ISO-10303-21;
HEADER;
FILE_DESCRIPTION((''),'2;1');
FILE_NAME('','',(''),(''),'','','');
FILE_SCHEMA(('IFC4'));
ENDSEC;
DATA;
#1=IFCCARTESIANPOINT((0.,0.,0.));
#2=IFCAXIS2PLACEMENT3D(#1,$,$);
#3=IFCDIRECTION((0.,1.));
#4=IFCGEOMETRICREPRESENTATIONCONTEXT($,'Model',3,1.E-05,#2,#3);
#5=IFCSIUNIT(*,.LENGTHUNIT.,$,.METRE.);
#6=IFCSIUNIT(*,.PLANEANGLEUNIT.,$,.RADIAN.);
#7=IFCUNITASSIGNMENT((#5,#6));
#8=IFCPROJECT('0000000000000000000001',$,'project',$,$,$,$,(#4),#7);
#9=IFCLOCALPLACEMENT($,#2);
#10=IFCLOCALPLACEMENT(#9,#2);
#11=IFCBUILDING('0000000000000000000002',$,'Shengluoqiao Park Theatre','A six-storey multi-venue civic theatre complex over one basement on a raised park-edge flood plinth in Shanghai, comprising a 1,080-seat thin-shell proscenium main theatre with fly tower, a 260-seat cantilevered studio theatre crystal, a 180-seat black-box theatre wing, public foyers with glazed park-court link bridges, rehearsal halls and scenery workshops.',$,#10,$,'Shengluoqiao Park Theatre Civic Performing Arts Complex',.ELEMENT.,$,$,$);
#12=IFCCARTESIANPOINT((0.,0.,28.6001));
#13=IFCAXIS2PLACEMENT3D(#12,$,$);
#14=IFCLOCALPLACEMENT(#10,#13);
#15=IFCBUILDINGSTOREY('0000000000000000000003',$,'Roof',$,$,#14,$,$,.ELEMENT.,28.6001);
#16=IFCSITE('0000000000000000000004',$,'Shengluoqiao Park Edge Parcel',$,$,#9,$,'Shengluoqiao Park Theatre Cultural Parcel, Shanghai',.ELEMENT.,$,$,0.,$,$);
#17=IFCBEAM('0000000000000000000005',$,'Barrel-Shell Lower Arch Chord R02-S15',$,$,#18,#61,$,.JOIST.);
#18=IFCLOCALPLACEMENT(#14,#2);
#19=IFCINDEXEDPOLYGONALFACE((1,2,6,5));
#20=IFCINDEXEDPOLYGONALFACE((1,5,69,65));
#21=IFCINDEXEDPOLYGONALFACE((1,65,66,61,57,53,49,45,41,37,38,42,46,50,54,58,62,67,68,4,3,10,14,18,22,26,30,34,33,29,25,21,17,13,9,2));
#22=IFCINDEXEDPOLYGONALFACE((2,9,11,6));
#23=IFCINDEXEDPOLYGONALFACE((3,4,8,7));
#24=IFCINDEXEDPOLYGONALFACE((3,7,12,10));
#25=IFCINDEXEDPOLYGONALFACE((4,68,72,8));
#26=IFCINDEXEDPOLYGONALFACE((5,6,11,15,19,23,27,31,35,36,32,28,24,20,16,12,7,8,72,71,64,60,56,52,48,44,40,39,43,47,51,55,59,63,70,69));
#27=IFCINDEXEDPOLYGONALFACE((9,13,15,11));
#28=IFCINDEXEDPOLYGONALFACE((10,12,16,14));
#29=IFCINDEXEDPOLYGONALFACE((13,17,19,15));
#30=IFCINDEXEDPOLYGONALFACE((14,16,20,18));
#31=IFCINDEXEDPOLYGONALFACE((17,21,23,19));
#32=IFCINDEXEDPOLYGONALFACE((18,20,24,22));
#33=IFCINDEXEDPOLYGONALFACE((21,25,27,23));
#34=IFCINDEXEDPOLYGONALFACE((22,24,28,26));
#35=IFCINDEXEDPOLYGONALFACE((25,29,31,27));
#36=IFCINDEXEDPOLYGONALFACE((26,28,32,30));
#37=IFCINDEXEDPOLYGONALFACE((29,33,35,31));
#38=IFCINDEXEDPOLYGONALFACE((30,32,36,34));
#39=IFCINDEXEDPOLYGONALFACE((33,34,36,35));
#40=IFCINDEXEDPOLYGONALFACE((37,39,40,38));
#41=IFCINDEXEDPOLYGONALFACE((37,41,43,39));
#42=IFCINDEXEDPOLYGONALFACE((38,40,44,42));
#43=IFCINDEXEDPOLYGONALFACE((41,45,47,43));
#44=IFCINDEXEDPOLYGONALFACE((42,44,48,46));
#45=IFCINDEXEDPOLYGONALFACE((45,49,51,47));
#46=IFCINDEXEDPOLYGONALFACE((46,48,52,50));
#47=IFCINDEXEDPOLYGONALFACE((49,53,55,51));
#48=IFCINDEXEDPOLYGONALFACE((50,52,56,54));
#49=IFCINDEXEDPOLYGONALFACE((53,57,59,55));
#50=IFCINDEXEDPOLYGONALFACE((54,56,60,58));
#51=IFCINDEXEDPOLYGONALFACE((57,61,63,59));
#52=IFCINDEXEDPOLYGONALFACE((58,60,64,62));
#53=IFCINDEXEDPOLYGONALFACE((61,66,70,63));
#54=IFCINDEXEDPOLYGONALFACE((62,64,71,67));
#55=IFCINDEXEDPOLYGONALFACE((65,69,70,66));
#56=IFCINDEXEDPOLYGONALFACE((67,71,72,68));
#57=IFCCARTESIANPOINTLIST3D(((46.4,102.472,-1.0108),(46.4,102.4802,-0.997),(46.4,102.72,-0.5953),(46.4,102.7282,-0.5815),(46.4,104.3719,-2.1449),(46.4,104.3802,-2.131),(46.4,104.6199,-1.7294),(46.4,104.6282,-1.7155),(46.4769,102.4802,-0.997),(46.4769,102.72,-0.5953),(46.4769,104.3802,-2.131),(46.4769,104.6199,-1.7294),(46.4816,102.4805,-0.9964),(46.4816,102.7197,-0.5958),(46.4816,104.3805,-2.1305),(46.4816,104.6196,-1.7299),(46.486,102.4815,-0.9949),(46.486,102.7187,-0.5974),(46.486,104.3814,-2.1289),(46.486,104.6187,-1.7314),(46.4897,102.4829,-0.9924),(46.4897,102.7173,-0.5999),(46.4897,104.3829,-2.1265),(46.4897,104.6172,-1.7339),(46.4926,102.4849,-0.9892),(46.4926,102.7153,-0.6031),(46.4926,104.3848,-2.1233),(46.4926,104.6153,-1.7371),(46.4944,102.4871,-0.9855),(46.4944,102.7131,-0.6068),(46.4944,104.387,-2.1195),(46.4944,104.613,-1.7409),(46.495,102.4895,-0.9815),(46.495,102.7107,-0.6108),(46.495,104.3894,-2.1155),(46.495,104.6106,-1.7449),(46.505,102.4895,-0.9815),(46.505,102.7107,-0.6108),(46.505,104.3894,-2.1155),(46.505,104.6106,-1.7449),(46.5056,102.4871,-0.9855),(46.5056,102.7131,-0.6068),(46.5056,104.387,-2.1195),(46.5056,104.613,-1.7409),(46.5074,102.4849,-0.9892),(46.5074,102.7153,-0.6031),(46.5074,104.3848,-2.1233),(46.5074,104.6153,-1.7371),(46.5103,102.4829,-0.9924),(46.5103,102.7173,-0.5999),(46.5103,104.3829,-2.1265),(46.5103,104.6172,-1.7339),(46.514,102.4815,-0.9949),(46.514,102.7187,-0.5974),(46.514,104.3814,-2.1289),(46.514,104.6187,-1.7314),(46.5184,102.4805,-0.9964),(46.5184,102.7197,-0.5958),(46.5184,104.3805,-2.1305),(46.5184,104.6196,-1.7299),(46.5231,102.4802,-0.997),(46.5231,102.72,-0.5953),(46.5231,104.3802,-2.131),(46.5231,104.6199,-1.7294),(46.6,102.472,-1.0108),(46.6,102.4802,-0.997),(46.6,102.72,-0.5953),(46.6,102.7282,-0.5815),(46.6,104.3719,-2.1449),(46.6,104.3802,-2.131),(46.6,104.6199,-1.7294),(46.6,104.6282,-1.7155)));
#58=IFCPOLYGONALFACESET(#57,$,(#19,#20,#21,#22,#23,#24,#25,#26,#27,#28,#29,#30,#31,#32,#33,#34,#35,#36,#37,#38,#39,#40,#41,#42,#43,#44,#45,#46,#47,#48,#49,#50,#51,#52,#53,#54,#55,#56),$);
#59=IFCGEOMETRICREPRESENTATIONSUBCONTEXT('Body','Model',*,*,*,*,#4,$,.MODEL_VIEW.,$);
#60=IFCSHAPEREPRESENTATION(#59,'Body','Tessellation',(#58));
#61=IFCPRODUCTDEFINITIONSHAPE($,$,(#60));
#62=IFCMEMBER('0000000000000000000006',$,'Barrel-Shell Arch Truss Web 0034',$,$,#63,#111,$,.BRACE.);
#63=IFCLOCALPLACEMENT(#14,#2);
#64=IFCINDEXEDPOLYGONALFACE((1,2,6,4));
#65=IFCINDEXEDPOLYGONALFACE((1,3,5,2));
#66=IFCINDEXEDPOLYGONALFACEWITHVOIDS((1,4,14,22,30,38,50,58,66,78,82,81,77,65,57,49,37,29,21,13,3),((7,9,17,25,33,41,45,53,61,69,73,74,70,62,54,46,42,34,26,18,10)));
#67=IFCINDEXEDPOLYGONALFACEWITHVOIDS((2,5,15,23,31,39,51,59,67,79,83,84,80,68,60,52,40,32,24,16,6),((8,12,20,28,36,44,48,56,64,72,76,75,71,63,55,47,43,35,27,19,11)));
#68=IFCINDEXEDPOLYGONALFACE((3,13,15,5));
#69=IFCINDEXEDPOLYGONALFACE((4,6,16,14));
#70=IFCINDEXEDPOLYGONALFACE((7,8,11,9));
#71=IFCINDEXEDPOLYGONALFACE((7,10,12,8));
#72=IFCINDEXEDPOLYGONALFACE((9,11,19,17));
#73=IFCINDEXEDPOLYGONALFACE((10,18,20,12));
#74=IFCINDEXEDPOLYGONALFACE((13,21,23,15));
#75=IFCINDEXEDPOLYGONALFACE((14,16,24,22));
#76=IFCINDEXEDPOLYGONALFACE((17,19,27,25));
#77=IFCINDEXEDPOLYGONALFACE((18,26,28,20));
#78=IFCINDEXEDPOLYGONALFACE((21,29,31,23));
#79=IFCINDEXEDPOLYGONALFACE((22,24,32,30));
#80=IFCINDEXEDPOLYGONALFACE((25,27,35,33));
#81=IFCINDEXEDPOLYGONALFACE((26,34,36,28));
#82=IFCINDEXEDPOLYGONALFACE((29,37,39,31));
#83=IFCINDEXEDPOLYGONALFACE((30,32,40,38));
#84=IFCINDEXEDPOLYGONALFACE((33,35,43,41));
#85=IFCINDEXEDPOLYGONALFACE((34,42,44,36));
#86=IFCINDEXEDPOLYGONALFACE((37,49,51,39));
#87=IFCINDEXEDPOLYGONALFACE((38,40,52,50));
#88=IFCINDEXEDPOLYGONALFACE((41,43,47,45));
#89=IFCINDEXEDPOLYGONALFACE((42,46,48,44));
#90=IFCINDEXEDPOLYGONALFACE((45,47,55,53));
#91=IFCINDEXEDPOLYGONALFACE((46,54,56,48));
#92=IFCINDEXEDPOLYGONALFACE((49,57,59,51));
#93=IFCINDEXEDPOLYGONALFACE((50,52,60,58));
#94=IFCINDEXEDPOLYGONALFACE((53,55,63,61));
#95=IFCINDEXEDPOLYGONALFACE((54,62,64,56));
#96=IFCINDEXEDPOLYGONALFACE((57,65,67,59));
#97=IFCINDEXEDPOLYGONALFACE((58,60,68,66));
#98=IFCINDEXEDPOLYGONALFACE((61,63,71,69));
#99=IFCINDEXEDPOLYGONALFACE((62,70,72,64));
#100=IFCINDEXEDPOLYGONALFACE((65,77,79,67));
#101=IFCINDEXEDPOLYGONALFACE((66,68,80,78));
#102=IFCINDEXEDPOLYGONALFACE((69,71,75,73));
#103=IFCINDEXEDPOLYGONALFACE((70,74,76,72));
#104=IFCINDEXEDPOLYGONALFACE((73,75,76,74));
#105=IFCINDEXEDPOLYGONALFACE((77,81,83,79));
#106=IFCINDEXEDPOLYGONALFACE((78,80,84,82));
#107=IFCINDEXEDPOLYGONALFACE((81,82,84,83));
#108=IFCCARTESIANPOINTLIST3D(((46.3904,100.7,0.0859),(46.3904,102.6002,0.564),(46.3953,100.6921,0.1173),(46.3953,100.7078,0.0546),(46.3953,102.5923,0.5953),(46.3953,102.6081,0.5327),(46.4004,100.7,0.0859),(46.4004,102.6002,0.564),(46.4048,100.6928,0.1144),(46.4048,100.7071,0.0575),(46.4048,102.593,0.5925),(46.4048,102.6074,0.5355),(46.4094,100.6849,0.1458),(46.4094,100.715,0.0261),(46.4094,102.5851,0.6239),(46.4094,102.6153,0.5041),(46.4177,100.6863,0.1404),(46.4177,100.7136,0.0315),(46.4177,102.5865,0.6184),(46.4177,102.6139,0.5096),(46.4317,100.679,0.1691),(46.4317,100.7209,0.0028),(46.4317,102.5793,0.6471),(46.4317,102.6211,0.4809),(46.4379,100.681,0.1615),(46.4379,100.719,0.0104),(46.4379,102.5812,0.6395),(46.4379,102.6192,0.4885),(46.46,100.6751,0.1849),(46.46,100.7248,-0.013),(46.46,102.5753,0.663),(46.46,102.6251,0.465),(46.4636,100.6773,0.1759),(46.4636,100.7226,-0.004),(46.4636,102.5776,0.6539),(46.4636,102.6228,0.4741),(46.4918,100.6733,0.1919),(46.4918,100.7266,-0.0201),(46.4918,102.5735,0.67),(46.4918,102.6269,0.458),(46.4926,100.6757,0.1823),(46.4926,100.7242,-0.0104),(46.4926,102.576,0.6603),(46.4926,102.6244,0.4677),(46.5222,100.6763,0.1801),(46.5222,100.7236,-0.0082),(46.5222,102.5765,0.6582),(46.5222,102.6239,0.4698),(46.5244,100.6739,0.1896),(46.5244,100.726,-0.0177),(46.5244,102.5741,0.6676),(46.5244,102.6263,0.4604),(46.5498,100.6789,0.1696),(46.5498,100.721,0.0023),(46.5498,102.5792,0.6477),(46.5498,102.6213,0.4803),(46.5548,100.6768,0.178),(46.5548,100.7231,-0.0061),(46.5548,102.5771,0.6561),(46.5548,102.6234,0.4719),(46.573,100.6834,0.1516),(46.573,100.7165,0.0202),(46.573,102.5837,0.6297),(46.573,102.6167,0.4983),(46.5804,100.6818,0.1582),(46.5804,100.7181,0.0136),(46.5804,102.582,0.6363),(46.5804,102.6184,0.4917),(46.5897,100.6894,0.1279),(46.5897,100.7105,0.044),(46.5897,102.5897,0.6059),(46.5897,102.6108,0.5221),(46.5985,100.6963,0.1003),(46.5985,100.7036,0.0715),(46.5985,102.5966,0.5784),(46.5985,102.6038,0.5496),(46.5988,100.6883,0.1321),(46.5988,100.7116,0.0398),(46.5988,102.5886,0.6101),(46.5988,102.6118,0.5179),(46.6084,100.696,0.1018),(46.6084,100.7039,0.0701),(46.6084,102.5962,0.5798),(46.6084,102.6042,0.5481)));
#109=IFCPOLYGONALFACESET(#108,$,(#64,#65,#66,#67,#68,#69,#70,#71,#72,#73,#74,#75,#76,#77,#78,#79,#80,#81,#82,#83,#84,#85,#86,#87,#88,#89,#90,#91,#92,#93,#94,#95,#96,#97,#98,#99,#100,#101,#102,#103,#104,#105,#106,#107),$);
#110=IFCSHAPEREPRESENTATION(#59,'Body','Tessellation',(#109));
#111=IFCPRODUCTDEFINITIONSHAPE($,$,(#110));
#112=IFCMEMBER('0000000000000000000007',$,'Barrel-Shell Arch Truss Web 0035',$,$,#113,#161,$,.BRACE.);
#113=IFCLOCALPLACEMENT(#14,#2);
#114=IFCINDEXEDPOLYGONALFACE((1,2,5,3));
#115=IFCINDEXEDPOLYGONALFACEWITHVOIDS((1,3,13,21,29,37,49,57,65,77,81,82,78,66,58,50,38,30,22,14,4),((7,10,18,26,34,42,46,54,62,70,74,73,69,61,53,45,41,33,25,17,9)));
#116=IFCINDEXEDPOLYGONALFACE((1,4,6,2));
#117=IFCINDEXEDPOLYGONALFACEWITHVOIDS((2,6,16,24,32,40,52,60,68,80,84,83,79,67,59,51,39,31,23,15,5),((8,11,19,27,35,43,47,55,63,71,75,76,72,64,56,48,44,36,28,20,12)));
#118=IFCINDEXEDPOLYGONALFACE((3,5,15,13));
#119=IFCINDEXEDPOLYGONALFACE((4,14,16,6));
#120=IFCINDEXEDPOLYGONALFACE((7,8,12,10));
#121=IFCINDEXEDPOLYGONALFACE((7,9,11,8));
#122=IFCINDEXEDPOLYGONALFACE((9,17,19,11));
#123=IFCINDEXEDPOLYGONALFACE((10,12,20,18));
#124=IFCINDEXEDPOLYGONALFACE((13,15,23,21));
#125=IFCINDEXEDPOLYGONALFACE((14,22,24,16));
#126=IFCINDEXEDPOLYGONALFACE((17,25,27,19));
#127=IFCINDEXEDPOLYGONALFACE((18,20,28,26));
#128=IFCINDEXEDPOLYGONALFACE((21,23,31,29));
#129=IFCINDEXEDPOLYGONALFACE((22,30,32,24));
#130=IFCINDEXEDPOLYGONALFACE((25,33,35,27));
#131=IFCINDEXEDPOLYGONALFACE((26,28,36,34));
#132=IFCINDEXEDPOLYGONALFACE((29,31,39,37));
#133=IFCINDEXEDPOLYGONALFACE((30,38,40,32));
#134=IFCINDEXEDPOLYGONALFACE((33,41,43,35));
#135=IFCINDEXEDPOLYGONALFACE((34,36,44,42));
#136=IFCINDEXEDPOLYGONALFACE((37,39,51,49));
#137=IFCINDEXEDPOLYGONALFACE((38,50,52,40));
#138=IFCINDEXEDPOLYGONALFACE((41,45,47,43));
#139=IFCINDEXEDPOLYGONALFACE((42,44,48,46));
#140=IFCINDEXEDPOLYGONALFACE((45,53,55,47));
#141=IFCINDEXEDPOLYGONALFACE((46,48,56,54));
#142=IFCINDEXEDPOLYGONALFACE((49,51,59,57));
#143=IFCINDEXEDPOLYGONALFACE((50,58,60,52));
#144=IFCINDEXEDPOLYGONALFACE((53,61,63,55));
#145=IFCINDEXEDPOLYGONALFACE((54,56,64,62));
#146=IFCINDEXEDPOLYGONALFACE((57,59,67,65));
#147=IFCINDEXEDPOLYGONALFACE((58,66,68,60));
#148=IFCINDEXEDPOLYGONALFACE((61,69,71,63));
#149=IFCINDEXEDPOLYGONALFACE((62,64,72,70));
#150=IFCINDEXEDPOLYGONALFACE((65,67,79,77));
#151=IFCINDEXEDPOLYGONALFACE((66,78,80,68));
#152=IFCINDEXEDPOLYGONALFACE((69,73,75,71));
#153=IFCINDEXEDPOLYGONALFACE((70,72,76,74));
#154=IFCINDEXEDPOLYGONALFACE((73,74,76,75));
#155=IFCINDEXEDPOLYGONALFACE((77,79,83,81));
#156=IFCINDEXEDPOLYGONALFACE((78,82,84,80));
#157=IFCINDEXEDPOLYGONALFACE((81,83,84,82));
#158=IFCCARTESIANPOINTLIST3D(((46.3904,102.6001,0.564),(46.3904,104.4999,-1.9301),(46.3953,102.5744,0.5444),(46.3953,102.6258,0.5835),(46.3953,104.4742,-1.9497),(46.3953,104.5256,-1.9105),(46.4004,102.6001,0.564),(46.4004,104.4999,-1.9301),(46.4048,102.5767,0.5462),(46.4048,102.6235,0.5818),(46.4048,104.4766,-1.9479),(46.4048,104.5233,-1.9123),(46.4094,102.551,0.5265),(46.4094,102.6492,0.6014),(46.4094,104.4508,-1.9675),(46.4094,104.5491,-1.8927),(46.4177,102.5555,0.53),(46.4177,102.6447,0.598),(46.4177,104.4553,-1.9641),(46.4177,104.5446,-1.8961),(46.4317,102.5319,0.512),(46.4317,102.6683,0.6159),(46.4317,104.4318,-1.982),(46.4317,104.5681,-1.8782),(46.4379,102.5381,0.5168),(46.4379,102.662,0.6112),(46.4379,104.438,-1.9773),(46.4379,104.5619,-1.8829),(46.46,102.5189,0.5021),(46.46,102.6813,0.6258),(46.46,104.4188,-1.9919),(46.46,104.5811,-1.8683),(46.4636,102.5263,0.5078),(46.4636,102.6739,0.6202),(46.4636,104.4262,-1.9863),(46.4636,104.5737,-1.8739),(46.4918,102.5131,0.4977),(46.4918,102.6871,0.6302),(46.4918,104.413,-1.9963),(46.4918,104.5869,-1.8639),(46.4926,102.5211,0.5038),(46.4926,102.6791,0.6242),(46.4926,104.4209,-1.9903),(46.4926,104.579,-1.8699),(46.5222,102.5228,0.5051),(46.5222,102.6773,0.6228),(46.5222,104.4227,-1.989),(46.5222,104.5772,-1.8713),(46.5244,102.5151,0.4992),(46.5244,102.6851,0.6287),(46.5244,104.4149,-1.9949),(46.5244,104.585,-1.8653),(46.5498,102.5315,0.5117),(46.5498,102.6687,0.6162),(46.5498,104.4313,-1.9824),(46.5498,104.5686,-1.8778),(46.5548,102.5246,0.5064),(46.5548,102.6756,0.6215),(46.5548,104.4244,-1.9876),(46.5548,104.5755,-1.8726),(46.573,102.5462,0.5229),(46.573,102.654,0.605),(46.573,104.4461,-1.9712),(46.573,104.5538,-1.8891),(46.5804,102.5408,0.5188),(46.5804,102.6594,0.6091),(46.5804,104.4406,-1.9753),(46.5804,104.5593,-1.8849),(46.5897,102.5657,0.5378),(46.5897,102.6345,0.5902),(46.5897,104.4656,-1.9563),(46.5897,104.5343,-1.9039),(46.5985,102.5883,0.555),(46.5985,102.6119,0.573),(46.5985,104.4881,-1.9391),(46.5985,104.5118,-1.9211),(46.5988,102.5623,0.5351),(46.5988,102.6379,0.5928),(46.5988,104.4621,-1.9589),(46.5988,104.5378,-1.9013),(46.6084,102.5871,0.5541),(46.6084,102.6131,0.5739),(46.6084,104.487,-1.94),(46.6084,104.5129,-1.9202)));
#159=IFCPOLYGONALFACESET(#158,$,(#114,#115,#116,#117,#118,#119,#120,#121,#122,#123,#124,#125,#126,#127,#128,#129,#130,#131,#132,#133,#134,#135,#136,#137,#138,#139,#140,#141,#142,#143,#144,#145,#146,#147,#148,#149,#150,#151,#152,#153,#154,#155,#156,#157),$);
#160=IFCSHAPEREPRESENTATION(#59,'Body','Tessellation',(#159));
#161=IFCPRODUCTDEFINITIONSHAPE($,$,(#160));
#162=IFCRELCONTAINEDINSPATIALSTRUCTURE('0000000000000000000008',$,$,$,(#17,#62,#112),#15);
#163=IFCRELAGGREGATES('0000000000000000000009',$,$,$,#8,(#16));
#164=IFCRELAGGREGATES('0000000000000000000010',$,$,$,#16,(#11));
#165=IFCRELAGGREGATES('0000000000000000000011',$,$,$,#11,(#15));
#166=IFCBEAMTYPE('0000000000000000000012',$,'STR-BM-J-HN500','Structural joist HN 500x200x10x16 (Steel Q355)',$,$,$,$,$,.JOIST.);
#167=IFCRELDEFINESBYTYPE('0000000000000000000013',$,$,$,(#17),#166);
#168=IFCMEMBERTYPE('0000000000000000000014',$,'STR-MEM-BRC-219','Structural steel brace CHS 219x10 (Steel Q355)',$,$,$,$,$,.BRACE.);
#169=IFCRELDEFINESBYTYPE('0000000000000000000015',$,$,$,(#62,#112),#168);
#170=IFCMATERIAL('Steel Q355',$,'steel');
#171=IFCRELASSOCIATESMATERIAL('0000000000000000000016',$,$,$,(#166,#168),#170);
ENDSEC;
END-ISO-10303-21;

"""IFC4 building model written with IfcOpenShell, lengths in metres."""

from ifc_helpers import new_model, si_unit, direction, frame, origin, origin_2d, place, context, subcontext, project, spatial, hollow_circle, i_section, extrude, material, material_profile, profile_set, type_object, element, save


model = new_model("IFC4")

# Units and contexts
model_context = context("Model", 3, precision=1e-05, world=origin(), true_north=direction((0.0, 1.0)))
body_context = subcontext(model_context, "Body", "Model", "MODEL_VIEW")
ifc_project = project(units=[si_unit("LENGTHUNIT", "METRE"), si_unit("PLANEANGLEUNIT", "RADIAN")], contexts=[model_context])

# Site, building, storey
site_placement = place(None, origin())
site = spatial("IfcSite", under=ifc_project, at=site_placement, Name="Shengluoqiao Park Edge Parcel", LongName="Shengluoqiao Park Theatre Cultural Parcel, Shanghai", CompositionType="ELEMENT", RefElevation=0.0)
building_placement = place(site_placement, origin())
building = spatial("IfcBuilding", under=site, at=building_placement, Name="Shengluoqiao Park Theatre", Description="A six-storey multi-venue civic theatre complex over one basement on a raised park-edge flood plinth in Shanghai, comprising a 1,080-seat thin-shell proscenium main theatre with fly tower, a 260-seat cantilevered studio theatre crystal, a 180-seat black-box theatre wing, public foyers with glazed park-court link bridges, rehearsal halls and scenery workshops.", LongName="Shengluoqiao Park Theatre Civic Performing Arts Complex", CompositionType="ELEMENT")
storey_placement = place(building_placement, frame((0.0, 0.0, 28.6001)))
storey = spatial("IfcBuildingStorey", under=building, at=storey_placement, Name="Roof", CompositionType="ELEMENT", Elevation=28.6001)

# Beam
ifc_material_1 = material(Name="Steel Q355", Category="steel")
ifc_material_profile_1 = material_profile(ifc_material_1, i_section(OverallWidth=0.2, OverallDepth=0.5, WebThickness=0.01, FlangeThickness=0.0161, FilletRadius=0.0181, at=origin_2d()), Name="HN 500x200x10x16")
ifc_profile_set_1 = profile_set([ifc_material_profile_1], Name="Steel Q355")
beam_type_1 = type_object("IfcBeamType", Name="STR-BM-J-HN500", Description="Structural joist HN 500x200x10x16 (Steel Q355)", PredefinedType="JOIST", material=ifc_profile_set_1)
beam_1_placement = place(storey_placement, frame((46.5, 102.6001, -0.7961), z_axis=(0.0, 0.858669, -0.512531), x_axis=(-1.0, 0.0, 0.0)))
element("IfcBeam", 1, at=beam_1_placement, inside=storey, type_object=beam_type_1, Name="Barrel-Shell Lower Arch Chord R02-S15", PredefinedType="JOIST", context=body_context, shape_type="SweptSolid", body=[
    extrude(i_section(OverallWidth=0.2, OverallDepth=0.5, WebThickness=0.01, FlangeThickness=0.0161, FilletRadius=0.0181, at=origin_2d()), origin(), (0.0, 0.0, 1.0), 2.2126),
])

# Members
ifc_material_profile_2 = material_profile(ifc_material_1, hollow_circle(Radius=0.1096, WallThickness=0.01, at=origin_2d()), Name="CHS 219x10")
ifc_profile_set_2 = profile_set([ifc_material_profile_2], Name="Steel Q355")
member_type_1 = type_object("IfcMemberType", Name="STR-MEM-BRC-219", Description="Structural steel brace CHS 219x10 (Steel Q355)", PredefinedType="BRACE", material=ifc_profile_set_2)
member_1_placement = place(storey_placement, frame((46.5, 100.7, 0.0859), z_axis=(0.0, 0.969782, 0.243972), x_axis=(-1.0, 0.0, 0.0)))
element("IfcMember", 2, at=member_1_placement, inside=storey, type_object=member_type_1, Name="Barrel-Shell Arch Truss Web 0034", PredefinedType="BRACE", context=body_context, shape_type="SweptSolid", body=[
    extrude(hollow_circle(Radius=0.1096, WallThickness=0.01, at=origin_2d()), origin(), (0.0, 0.0, 1.0), 1.9595),
])
member_2_placement = place(storey_placement, frame((46.5, 102.6001, 0.564), z_axis=(0.0, 0.605963, -0.795492), x_axis=(-1.0, 0.0, 0.0)))
element("IfcMember", 3, at=member_2_placement, inside=storey, type_object=member_type_1, Name="Barrel-Shell Arch Truss Web 0035", PredefinedType="BRACE", context=body_context, shape_type="SweptSolid", body=[
    extrude(hollow_circle(Radius=0.1096, WallThickness=0.01, at=origin_2d()), origin(), (0.0, 0.0, 1.0), 3.1353),
])

save(model, "model.ifc")
